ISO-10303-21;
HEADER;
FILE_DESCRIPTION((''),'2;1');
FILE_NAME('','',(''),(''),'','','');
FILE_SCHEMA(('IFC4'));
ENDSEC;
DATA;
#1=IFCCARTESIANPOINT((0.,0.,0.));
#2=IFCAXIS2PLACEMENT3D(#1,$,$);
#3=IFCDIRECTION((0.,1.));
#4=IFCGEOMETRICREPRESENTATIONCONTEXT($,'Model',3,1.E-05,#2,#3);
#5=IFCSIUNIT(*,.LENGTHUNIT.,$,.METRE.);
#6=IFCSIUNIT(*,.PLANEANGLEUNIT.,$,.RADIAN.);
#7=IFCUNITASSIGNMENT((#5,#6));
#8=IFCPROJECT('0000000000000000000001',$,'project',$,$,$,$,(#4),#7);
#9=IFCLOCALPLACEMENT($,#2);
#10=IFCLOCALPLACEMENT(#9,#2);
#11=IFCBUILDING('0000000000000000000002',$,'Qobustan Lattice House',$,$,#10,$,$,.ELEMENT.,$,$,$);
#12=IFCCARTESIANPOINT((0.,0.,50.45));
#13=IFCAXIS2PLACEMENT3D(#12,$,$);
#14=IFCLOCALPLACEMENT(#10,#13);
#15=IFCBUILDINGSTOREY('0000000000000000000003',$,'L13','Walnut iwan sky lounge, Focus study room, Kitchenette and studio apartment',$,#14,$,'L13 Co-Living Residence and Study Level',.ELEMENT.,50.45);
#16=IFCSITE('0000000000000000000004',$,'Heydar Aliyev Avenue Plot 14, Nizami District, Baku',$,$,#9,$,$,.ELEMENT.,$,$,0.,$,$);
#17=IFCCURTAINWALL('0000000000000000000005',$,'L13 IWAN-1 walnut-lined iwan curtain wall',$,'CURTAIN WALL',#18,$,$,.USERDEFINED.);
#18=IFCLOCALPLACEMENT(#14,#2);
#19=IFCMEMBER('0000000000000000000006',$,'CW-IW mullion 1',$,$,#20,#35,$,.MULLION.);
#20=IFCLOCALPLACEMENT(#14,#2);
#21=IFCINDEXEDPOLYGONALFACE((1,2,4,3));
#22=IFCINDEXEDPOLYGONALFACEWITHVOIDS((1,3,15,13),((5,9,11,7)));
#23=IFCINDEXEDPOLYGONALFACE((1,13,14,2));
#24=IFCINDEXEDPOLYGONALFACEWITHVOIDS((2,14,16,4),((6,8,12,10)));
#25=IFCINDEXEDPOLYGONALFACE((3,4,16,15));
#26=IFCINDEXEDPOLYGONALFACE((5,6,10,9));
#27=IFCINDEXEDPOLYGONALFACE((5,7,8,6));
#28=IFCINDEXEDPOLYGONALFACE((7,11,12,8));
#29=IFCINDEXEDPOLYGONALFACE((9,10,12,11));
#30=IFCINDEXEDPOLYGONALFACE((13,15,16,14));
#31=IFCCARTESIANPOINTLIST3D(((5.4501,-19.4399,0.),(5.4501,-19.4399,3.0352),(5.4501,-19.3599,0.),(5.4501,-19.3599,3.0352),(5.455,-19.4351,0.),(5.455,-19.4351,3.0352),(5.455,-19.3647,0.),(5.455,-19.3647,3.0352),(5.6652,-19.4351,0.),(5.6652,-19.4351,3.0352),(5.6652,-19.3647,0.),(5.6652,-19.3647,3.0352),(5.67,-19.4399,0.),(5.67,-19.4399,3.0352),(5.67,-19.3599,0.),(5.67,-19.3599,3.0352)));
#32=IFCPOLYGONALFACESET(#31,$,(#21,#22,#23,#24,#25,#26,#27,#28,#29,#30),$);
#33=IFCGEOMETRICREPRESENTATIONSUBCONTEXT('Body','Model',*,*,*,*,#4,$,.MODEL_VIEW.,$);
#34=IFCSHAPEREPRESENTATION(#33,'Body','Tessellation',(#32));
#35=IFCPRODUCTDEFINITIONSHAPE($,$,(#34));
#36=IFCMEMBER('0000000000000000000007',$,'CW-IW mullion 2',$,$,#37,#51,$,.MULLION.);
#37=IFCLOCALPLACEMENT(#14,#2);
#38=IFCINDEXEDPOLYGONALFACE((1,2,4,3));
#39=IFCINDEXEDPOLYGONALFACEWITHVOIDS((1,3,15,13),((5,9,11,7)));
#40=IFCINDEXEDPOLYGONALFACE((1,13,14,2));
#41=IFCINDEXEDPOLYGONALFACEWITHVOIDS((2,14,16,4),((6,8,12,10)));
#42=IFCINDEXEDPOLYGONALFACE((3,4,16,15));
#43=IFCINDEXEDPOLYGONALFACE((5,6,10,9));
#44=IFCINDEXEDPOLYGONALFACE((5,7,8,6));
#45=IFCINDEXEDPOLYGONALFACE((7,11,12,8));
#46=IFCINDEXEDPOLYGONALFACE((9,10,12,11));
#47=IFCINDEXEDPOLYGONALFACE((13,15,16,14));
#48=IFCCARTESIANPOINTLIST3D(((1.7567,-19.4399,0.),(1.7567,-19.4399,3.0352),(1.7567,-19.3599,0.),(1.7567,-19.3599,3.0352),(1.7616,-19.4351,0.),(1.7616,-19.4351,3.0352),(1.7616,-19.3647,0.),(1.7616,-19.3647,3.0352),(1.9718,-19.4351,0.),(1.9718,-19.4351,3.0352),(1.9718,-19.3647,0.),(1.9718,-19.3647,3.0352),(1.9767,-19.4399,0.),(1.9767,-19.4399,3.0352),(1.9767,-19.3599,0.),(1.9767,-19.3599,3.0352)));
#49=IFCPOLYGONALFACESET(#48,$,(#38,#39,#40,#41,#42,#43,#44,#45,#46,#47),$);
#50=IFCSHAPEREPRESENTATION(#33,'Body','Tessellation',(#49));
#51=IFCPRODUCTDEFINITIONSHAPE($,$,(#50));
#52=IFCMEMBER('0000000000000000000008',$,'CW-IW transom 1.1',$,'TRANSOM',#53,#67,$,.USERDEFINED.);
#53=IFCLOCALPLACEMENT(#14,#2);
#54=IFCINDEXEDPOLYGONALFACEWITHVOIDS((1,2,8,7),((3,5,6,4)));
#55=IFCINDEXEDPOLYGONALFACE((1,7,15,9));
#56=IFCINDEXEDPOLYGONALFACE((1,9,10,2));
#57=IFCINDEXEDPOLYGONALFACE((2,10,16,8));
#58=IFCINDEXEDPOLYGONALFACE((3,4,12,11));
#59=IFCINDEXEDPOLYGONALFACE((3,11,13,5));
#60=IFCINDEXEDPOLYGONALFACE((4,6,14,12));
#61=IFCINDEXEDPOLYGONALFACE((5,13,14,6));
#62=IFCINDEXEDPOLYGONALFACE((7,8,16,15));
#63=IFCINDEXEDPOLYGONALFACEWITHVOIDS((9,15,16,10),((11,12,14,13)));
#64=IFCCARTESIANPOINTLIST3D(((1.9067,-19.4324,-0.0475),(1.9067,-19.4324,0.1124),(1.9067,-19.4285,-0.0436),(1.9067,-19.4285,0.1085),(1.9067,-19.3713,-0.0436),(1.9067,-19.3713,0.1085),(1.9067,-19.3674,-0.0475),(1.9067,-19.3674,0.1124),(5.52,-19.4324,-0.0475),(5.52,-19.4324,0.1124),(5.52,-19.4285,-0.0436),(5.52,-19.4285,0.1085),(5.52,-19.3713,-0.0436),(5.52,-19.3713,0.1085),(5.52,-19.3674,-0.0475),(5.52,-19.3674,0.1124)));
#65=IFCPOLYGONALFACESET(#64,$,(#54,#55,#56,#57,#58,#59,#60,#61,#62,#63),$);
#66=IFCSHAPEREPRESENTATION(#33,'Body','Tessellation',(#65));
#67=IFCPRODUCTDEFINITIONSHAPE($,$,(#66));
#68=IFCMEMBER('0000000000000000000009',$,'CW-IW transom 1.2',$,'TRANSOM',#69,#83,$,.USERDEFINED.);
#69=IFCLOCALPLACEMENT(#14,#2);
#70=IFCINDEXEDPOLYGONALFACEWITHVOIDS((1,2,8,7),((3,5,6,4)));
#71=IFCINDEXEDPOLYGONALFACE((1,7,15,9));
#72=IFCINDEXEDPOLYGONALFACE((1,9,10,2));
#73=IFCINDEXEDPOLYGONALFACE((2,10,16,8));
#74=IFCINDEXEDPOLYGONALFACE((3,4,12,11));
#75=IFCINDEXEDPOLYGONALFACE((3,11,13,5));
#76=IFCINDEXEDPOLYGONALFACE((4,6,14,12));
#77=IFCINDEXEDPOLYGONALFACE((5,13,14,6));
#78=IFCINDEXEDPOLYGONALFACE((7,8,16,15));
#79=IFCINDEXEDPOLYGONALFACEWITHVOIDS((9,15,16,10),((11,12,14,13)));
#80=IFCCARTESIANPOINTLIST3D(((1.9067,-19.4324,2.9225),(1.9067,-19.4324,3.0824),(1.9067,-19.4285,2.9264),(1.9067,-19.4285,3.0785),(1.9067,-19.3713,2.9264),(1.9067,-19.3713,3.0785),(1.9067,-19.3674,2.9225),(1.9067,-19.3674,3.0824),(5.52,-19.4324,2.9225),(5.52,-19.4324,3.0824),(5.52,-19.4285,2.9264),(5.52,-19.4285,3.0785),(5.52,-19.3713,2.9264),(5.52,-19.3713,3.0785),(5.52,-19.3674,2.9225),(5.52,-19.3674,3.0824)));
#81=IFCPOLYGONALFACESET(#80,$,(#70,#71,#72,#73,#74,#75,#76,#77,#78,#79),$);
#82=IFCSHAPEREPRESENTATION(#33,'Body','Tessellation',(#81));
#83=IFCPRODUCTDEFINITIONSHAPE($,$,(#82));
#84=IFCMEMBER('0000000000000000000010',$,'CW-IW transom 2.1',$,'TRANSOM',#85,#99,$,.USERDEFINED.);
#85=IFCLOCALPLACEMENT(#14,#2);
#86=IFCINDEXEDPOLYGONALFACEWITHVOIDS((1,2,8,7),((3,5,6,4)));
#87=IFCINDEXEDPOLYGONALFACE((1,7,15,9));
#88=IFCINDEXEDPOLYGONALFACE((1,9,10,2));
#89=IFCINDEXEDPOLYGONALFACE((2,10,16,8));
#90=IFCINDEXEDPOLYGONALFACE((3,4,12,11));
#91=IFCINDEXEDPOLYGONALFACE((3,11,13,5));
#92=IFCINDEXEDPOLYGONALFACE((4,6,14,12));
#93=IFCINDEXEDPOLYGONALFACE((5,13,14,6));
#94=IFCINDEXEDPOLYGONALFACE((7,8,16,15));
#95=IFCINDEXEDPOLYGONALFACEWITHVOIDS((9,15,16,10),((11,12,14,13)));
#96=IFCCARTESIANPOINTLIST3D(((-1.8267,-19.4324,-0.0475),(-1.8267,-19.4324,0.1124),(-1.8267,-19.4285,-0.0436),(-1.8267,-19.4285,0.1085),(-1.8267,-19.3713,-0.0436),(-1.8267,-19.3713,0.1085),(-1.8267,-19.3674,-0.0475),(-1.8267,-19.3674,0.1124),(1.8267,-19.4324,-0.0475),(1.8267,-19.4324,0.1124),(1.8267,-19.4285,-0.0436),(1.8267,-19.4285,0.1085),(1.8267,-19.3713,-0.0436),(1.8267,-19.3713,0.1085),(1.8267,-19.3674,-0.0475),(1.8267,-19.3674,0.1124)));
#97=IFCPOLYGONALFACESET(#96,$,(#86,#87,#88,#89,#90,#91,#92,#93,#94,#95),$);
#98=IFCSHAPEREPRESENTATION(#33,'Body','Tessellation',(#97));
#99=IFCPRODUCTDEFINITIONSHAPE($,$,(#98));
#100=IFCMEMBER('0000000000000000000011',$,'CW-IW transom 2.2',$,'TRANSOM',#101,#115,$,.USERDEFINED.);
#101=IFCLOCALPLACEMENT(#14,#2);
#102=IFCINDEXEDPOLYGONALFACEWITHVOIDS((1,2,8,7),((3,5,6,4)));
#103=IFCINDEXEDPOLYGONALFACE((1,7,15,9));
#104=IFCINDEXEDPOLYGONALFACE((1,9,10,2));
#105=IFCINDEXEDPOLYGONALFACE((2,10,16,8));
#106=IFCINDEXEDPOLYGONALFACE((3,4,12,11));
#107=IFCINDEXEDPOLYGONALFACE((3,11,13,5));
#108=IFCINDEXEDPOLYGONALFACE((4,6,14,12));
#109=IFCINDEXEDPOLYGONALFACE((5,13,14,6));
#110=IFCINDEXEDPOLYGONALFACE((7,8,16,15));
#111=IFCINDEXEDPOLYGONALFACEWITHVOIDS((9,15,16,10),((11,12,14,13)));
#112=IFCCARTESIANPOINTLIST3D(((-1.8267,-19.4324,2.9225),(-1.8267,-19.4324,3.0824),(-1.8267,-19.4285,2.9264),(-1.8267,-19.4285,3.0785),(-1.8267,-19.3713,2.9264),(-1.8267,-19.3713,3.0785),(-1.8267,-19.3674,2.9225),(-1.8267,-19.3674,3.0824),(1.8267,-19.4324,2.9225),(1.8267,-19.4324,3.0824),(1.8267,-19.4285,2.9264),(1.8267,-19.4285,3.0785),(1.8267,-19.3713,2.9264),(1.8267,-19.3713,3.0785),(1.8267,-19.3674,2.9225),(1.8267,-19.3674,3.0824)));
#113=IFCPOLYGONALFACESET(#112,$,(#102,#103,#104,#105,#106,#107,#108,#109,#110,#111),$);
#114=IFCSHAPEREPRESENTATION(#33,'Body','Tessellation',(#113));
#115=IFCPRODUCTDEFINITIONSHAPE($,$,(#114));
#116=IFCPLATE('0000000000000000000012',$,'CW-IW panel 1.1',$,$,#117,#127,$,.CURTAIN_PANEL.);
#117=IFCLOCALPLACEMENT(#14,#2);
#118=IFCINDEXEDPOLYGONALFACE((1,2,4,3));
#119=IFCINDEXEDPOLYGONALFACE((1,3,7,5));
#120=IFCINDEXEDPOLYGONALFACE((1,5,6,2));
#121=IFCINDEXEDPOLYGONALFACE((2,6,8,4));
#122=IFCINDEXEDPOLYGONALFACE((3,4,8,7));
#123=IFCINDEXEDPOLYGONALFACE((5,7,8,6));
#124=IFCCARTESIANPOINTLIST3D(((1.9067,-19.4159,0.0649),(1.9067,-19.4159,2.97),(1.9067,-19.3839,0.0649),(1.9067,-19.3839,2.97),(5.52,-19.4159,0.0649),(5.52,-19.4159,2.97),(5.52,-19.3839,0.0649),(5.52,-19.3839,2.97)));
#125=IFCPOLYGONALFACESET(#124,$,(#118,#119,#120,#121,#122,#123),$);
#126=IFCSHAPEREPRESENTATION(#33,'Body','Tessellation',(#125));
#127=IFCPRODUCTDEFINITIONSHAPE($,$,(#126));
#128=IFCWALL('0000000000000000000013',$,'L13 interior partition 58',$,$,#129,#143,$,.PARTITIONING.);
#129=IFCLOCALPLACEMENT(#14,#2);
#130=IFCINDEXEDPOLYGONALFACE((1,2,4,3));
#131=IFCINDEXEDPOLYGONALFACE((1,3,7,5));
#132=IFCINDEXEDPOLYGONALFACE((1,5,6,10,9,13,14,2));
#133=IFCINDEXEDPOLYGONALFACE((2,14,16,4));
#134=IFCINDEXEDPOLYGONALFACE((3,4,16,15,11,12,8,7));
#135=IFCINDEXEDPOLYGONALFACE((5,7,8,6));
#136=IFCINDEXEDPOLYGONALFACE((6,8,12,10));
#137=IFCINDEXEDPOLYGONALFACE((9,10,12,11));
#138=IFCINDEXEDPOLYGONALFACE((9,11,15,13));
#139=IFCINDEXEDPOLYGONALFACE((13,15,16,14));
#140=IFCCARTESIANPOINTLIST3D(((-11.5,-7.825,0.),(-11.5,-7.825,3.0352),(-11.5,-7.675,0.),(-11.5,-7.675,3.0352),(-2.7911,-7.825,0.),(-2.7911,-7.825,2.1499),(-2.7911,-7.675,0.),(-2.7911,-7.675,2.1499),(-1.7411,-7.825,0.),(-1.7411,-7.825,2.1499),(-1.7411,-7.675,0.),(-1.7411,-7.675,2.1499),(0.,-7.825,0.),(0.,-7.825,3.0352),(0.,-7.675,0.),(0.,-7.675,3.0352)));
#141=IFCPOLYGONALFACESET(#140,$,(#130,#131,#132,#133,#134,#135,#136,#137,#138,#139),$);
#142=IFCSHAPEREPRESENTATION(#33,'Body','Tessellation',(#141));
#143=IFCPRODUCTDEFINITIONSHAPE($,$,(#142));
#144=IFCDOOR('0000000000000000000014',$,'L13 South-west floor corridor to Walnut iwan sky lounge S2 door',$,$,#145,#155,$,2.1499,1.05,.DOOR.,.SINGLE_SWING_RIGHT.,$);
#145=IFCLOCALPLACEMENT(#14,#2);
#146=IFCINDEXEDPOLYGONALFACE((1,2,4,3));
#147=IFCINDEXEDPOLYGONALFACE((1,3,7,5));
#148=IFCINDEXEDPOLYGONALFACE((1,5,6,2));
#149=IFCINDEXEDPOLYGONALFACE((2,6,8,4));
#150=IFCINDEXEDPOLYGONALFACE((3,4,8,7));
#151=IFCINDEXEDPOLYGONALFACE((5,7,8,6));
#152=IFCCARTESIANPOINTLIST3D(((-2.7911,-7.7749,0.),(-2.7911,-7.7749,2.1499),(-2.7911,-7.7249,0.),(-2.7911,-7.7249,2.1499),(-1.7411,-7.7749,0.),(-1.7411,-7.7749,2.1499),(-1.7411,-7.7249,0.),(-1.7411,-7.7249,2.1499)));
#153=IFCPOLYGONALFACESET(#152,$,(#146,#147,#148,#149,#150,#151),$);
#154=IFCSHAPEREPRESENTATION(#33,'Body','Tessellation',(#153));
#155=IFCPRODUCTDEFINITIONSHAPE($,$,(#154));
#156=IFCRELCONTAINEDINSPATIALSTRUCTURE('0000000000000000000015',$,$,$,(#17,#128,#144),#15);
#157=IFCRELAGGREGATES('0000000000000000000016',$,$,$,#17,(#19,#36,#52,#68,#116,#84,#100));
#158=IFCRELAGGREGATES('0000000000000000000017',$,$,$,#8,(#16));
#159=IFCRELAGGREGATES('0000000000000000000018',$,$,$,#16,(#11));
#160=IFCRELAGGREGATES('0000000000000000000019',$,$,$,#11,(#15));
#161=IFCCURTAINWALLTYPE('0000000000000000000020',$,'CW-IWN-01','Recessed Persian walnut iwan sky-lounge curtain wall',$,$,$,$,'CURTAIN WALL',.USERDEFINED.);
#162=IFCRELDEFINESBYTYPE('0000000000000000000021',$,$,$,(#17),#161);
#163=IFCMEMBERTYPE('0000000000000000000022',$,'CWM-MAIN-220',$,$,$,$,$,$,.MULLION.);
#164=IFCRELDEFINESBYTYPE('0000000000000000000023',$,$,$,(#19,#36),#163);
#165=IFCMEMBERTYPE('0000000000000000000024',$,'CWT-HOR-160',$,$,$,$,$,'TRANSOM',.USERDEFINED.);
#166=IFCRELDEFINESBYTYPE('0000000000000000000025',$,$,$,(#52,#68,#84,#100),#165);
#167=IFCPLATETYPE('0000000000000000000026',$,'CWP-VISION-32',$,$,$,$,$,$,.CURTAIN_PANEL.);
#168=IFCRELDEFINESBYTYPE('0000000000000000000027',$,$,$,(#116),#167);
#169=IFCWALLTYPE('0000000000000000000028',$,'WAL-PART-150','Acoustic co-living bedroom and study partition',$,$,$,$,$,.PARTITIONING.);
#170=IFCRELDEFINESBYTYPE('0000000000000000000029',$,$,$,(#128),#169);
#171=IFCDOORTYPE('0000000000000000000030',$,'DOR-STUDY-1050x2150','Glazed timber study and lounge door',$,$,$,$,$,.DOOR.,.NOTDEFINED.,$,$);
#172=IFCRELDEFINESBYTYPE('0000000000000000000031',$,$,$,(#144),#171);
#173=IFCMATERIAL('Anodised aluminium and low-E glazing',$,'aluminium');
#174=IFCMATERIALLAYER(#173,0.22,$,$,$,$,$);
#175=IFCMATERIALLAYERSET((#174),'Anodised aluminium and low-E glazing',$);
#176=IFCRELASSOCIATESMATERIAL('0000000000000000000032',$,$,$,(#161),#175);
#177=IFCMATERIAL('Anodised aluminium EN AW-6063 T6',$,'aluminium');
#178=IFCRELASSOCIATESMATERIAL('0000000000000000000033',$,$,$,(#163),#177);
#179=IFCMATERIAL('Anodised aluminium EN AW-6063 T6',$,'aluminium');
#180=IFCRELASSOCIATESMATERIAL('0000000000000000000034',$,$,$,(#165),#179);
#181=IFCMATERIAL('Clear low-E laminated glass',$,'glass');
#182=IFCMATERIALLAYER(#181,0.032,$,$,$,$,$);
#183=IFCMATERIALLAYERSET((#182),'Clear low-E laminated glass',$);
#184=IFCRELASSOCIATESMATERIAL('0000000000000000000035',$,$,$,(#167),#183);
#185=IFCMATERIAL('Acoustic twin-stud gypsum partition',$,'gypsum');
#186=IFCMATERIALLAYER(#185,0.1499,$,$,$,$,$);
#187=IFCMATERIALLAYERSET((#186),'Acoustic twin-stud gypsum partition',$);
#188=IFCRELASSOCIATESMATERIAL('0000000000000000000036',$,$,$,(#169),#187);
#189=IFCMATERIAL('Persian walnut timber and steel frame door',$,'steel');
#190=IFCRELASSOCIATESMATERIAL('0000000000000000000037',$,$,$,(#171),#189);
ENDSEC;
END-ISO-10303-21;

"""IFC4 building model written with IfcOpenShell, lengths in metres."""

from ifc_helpers import new_model, si_unit, direction, frame, frame_2d, origin, origin_2d, place, context, subcontext, project, spatial, rectangle, hollow_rectangle, extrude, material, layer, layer_set, material_profile, profile_set, type_object, element, fill, aggregate, save


model = new_model("IFC4")

# Units and contexts
model_context = context("Model", 3, precision=1e-05, world=origin(), true_north=direction((0.0, 1.0)))
body_context = subcontext(model_context, "Body", "Model", "MODEL_VIEW")
ifc_project = project(units=[si_unit("LENGTHUNIT", "METRE"), si_unit("PLANEANGLEUNIT", "RADIAN")], contexts=[model_context])

# Site, building, storey
site_placement = place(None, origin())
site = spatial("IfcSite", under=ifc_project, at=site_placement, Name="Heydar Aliyev Avenue Plot 14, Nizami District, Baku", CompositionType="ELEMENT", RefElevation=0.0)
building_placement = place(site_placement, origin())
building = spatial("IfcBuilding", under=site, at=building_placement, Name="Qobustan Lattice House", CompositionType="ELEMENT")
storey_placement = place(building_placement, frame((0.0, 0.0, 50.45)))
storey = spatial("IfcBuildingStorey", under=building, at=storey_placement, Name="L13", Description="Walnut iwan sky lounge, Focus study room, Kitchenette and studio apartment", LongName="L13 Co-Living Residence and Study Level", CompositionType="ELEMENT", Elevation=50.45)

# Curtain wall, members, plate
ifc_material_1 = material(Name="Anodised aluminium and low-E glazing", Category="aluminium")
ifc_layer_1 = layer(ifc_material_1, 0.22)
ifc_layer_set_1 = layer_set([ifc_layer_1], Name="Anodised aluminium and low-E glazing")
curtain_wall_type = type_object("IfcCurtainWallType", Name="CW-IWN-01", Description="Recessed Persian walnut iwan sky-lounge curtain wall", ElementType="CURTAIN WALL", PredefinedType="USERDEFINED", material=ifc_layer_set_1)
curtain_wall_placement = place(storey_placement, origin())
curtain_wall = element("IfcCurtainWall", 1, at=curtain_wall_placement, inside=storey, type_object=curtain_wall_type, Name="L13 IWAN-1 walnut-lined iwan curtain wall", ObjectType="CURTAIN WALL", PredefinedType="USERDEFINED")
ifc_material_2 = material(Name="Anodised aluminium EN AW-6063 T6", Category="aluminium")
ifc_material_profile_1 = material_profile(ifc_material_2, hollow_rectangle(XDim=0.0801, YDim=0.22, WallThickness=0.0049, at=origin_2d()), Name="CWM-220x80")
ifc_profile_set_1 = profile_set([ifc_material_profile_1], Name="Anodised aluminium EN AW-6063 T6")
member_type_1 = type_object("IfcMemberType", Name="CWM-MAIN-220", PredefinedType="MULLION", material=ifc_profile_set_1)
member_1_placement = place(storey_placement, frame((5.5601, -19.3999, 0.0), z_axis=(0.0, 0.0, 1.0), x_axis=(0.0, -1.0, 0.0)))
member_1 = element("IfcMember", 2, at=member_1_placement, type_object=member_type_1, Name="CW-IW mullion 1", PredefinedType="MULLION", context=body_context, shape_type="SweptSolid", body=[
    extrude(hollow_rectangle(XDim=0.0801, YDim=0.22, WallThickness=0.0049, at=origin_2d()), origin(), (0.0, 0.0, 1.0), 3.0352),
])
member_2_placement = place(storey_placement, frame((1.8667, -19.3999, 0.0), z_axis=(0.0, 0.0, 1.0), x_axis=(0.0, -1.0, 0.0)))
member_2 = element("IfcMember", 3, at=member_2_placement, type_object=member_type_1, Name="CW-IW mullion 2", PredefinedType="MULLION", context=body_context, shape_type="SweptSolid", body=[
    extrude(hollow_rectangle(XDim=0.0801, YDim=0.22, WallThickness=0.0049, at=origin_2d()), origin(), (0.0, 0.0, 1.0), 3.0352),
])
ifc_material_3 = material(Name="Anodised aluminium EN AW-6063 T6", Category="aluminium")
ifc_material_profile_2 = material_profile(ifc_material_3, hollow_rectangle(XDim=0.0649, YDim=0.1599, WallThickness=0.0039, at=origin_2d()), Name="CWT-160x65")
ifc_profile_set_2 = profile_set([ifc_material_profile_2], Name="Anodised aluminium EN AW-6063 T6")
member_type_2 = type_object("IfcMemberType", Name="CWT-HOR-160", ElementType="TRANSOM", PredefinedType="USERDEFINED", material=ifc_profile_set_2)
member_3_placement = place(storey_placement, frame((5.52, -19.3999, 0.0325), z_axis=(-1.0, 0.0, 0.0), x_axis=(0.0, -1.0, 0.0)))
member_3 = element("IfcMember", 4, at=member_3_placement, type_object=member_type_2, Name="CW-IW transom 1.1", ObjectType="TRANSOM", PredefinedType="USERDEFINED", context=body_context, shape_type="SweptSolid", body=[
    extrude(hollow_rectangle(XDim=0.0649, YDim=0.1599, WallThickness=0.0039, at=origin_2d()), origin(), (0.0, 0.0, 1.0), 3.6133),
])
member_4_placement = place(storey_placement, frame((5.52, -19.3999, 3.0024), z_axis=(-1.0, 0.0, 0.0), x_axis=(0.0, -1.0, 0.0)))
member_4 = element("IfcMember", 5, at=member_4_placement, type_object=member_type_2, Name="CW-IW transom 1.2", ObjectType="TRANSOM", PredefinedType="USERDEFINED", context=body_context, shape_type="SweptSolid", body=[
    extrude(hollow_rectangle(XDim=0.0649, YDim=0.1599, WallThickness=0.0039, at=origin_2d()), origin(), (0.0, 0.0, 1.0), 3.6133),
])
member_5_placement = place(storey_placement, frame((1.8267, -19.3999, 0.0325), z_axis=(-1.0, 0.0, 0.0), x_axis=(0.0, -1.0, 0.0)))
member_5 = element("IfcMember", 6, at=member_5_placement, type_object=member_type_2, Name="CW-IW transom 2.1", ObjectType="TRANSOM", PredefinedType="USERDEFINED", context=body_context, shape_type="SweptSolid", body=[
    extrude(hollow_rectangle(XDim=0.0649, YDim=0.1599, WallThickness=0.0039, at=origin_2d()), origin(), (0.0, 0.0, 1.0), 3.6533),
])
member_6_placement = place(storey_placement, frame((1.8267, -19.3999, 3.0024), z_axis=(-1.0, 0.0, 0.0), x_axis=(0.0, -1.0, 0.0)))
member_6 = element("IfcMember", 7, at=member_6_placement, type_object=member_type_2, Name="CW-IW transom 2.2", ObjectType="TRANSOM", PredefinedType="USERDEFINED", context=body_context, shape_type="SweptSolid", body=[
    extrude(hollow_rectangle(XDim=0.0649, YDim=0.1599, WallThickness=0.0039, at=origin_2d()), origin(), (0.0, 0.0, 1.0), 3.6533),
])
ifc_material_4 = material(Name="Clear low-E laminated glass", Category="glass")
ifc_layer_2 = layer(ifc_material_4, 0.032)
ifc_layer_set_2 = layer_set([ifc_layer_2], Name="Clear low-E laminated glass")
plate_type = type_object("IfcPlateType", Name="CWP-VISION-32", PredefinedType="CURTAIN_PANEL", material=ifc_layer_set_2)
plate_placement = place(storey_placement, frame((3.7134, -19.3999, 0.0649), z_axis=(0.0, 0.0, 1.0), x_axis=(-1.0, 0.0, 0.0)))
plate = element("IfcPlate", 8, at=plate_placement, type_object=plate_type, Name="CW-IW panel 1.1", PredefinedType="CURTAIN_PANEL", context=body_context, shape_type="SweptSolid", body=[
    extrude(rectangle(XDim=3.6133, YDim=0.032, at=origin_2d()), origin(), (0.0, 0.0, 1.0), 2.905),
])
aggregate(curtain_wall, [member_1, member_2, member_3, member_4, plate, member_5, member_6])

# Wall, opening, door
ifc_material_5 = material(Name="Acoustic twin-stud gypsum partition", Category="gypsum")
ifc_layer_3 = layer(ifc_material_5, 0.1499)
ifc_layer_set_3 = layer_set([ifc_layer_3], Name="Acoustic twin-stud gypsum partition")
wall_type_1 = type_object("IfcWallType", Name="WAL-PART-150", Description="Acoustic co-living bedroom and study partition", PredefinedType="PARTITIONING", material=ifc_layer_set_3)
wall_1_placement = place(storey_placement, frame((0.0, -7.75, 0.0), z_axis=(0.0, 0.0, 1.0), x_axis=(-1.0, 0.0, 0.0)))
wall_1 = element("IfcWall", 9, at=wall_1_placement, inside=storey, type_object=wall_type_1, Name="L13 interior partition 58", PredefinedType="PARTITIONING", context=body_context, shape_type="SweptSolid", body=[
    extrude(rectangle(XDim=11.5, YDim=0.1499, at=frame_2d((5.75, 0.0))), origin(), (0.0, 0.0, 1.0), 3.0352),
])
opening_1_placement = place(wall_1_placement, frame((1.7412, 0.0, 0.0)))
opening_1 = element("IfcOpeningElement", 10, at=opening_1_placement, cuts=wall_1, PredefinedType="OPENING", context=body_context, shape_type="SweptSolid", body=[
    extrude(rectangle(XDim=1.05, YDim=2.1499, at=frame_2d((0.5249, 1.075))), frame((0.0, 0.085, 0.0), z_axis=(0.0, -1.0, 0.0), x_axis=(1.0, 0.0, 0.0)), (0.0, 0.0, 1.0), 0.1699),
])
ifc_material_6 = material(Name="Persian walnut timber and steel frame door", Category="steel")
door_type = type_object("IfcDoorType", Name="DOR-STUDY-1050x2150", Description="Glazed timber study and lounge door", OperationType="NOTDEFINED", PredefinedType="DOOR", material=ifc_material_6)
door_1_placement = place(opening_1_placement, origin())
door_1 = element("IfcDoor", 11, at=door_1_placement, inside=storey, type_object=door_type, Name="L13 South-west floor corridor to Walnut iwan sky lounge S2 door", OperationType="SINGLE_SWING_RIGHT", OverallHeight=2.1499, OverallWidth=1.05, PredefinedType="DOOR", context=body_context, shape_type="SweptSolid", body=[
    extrude(rectangle(XDim=1.05, YDim=2.1499, at=frame_2d((0.5249, 1.075))), frame((0.0, 0.0249, 0.0), z_axis=(0.0, -1.0, 0.0), x_axis=(1.0, 0.0, 0.0)), (0.0, 0.0, 1.0), 0.05),
])
fill(opening_1, door_1)

save(model, "model.ifc")
